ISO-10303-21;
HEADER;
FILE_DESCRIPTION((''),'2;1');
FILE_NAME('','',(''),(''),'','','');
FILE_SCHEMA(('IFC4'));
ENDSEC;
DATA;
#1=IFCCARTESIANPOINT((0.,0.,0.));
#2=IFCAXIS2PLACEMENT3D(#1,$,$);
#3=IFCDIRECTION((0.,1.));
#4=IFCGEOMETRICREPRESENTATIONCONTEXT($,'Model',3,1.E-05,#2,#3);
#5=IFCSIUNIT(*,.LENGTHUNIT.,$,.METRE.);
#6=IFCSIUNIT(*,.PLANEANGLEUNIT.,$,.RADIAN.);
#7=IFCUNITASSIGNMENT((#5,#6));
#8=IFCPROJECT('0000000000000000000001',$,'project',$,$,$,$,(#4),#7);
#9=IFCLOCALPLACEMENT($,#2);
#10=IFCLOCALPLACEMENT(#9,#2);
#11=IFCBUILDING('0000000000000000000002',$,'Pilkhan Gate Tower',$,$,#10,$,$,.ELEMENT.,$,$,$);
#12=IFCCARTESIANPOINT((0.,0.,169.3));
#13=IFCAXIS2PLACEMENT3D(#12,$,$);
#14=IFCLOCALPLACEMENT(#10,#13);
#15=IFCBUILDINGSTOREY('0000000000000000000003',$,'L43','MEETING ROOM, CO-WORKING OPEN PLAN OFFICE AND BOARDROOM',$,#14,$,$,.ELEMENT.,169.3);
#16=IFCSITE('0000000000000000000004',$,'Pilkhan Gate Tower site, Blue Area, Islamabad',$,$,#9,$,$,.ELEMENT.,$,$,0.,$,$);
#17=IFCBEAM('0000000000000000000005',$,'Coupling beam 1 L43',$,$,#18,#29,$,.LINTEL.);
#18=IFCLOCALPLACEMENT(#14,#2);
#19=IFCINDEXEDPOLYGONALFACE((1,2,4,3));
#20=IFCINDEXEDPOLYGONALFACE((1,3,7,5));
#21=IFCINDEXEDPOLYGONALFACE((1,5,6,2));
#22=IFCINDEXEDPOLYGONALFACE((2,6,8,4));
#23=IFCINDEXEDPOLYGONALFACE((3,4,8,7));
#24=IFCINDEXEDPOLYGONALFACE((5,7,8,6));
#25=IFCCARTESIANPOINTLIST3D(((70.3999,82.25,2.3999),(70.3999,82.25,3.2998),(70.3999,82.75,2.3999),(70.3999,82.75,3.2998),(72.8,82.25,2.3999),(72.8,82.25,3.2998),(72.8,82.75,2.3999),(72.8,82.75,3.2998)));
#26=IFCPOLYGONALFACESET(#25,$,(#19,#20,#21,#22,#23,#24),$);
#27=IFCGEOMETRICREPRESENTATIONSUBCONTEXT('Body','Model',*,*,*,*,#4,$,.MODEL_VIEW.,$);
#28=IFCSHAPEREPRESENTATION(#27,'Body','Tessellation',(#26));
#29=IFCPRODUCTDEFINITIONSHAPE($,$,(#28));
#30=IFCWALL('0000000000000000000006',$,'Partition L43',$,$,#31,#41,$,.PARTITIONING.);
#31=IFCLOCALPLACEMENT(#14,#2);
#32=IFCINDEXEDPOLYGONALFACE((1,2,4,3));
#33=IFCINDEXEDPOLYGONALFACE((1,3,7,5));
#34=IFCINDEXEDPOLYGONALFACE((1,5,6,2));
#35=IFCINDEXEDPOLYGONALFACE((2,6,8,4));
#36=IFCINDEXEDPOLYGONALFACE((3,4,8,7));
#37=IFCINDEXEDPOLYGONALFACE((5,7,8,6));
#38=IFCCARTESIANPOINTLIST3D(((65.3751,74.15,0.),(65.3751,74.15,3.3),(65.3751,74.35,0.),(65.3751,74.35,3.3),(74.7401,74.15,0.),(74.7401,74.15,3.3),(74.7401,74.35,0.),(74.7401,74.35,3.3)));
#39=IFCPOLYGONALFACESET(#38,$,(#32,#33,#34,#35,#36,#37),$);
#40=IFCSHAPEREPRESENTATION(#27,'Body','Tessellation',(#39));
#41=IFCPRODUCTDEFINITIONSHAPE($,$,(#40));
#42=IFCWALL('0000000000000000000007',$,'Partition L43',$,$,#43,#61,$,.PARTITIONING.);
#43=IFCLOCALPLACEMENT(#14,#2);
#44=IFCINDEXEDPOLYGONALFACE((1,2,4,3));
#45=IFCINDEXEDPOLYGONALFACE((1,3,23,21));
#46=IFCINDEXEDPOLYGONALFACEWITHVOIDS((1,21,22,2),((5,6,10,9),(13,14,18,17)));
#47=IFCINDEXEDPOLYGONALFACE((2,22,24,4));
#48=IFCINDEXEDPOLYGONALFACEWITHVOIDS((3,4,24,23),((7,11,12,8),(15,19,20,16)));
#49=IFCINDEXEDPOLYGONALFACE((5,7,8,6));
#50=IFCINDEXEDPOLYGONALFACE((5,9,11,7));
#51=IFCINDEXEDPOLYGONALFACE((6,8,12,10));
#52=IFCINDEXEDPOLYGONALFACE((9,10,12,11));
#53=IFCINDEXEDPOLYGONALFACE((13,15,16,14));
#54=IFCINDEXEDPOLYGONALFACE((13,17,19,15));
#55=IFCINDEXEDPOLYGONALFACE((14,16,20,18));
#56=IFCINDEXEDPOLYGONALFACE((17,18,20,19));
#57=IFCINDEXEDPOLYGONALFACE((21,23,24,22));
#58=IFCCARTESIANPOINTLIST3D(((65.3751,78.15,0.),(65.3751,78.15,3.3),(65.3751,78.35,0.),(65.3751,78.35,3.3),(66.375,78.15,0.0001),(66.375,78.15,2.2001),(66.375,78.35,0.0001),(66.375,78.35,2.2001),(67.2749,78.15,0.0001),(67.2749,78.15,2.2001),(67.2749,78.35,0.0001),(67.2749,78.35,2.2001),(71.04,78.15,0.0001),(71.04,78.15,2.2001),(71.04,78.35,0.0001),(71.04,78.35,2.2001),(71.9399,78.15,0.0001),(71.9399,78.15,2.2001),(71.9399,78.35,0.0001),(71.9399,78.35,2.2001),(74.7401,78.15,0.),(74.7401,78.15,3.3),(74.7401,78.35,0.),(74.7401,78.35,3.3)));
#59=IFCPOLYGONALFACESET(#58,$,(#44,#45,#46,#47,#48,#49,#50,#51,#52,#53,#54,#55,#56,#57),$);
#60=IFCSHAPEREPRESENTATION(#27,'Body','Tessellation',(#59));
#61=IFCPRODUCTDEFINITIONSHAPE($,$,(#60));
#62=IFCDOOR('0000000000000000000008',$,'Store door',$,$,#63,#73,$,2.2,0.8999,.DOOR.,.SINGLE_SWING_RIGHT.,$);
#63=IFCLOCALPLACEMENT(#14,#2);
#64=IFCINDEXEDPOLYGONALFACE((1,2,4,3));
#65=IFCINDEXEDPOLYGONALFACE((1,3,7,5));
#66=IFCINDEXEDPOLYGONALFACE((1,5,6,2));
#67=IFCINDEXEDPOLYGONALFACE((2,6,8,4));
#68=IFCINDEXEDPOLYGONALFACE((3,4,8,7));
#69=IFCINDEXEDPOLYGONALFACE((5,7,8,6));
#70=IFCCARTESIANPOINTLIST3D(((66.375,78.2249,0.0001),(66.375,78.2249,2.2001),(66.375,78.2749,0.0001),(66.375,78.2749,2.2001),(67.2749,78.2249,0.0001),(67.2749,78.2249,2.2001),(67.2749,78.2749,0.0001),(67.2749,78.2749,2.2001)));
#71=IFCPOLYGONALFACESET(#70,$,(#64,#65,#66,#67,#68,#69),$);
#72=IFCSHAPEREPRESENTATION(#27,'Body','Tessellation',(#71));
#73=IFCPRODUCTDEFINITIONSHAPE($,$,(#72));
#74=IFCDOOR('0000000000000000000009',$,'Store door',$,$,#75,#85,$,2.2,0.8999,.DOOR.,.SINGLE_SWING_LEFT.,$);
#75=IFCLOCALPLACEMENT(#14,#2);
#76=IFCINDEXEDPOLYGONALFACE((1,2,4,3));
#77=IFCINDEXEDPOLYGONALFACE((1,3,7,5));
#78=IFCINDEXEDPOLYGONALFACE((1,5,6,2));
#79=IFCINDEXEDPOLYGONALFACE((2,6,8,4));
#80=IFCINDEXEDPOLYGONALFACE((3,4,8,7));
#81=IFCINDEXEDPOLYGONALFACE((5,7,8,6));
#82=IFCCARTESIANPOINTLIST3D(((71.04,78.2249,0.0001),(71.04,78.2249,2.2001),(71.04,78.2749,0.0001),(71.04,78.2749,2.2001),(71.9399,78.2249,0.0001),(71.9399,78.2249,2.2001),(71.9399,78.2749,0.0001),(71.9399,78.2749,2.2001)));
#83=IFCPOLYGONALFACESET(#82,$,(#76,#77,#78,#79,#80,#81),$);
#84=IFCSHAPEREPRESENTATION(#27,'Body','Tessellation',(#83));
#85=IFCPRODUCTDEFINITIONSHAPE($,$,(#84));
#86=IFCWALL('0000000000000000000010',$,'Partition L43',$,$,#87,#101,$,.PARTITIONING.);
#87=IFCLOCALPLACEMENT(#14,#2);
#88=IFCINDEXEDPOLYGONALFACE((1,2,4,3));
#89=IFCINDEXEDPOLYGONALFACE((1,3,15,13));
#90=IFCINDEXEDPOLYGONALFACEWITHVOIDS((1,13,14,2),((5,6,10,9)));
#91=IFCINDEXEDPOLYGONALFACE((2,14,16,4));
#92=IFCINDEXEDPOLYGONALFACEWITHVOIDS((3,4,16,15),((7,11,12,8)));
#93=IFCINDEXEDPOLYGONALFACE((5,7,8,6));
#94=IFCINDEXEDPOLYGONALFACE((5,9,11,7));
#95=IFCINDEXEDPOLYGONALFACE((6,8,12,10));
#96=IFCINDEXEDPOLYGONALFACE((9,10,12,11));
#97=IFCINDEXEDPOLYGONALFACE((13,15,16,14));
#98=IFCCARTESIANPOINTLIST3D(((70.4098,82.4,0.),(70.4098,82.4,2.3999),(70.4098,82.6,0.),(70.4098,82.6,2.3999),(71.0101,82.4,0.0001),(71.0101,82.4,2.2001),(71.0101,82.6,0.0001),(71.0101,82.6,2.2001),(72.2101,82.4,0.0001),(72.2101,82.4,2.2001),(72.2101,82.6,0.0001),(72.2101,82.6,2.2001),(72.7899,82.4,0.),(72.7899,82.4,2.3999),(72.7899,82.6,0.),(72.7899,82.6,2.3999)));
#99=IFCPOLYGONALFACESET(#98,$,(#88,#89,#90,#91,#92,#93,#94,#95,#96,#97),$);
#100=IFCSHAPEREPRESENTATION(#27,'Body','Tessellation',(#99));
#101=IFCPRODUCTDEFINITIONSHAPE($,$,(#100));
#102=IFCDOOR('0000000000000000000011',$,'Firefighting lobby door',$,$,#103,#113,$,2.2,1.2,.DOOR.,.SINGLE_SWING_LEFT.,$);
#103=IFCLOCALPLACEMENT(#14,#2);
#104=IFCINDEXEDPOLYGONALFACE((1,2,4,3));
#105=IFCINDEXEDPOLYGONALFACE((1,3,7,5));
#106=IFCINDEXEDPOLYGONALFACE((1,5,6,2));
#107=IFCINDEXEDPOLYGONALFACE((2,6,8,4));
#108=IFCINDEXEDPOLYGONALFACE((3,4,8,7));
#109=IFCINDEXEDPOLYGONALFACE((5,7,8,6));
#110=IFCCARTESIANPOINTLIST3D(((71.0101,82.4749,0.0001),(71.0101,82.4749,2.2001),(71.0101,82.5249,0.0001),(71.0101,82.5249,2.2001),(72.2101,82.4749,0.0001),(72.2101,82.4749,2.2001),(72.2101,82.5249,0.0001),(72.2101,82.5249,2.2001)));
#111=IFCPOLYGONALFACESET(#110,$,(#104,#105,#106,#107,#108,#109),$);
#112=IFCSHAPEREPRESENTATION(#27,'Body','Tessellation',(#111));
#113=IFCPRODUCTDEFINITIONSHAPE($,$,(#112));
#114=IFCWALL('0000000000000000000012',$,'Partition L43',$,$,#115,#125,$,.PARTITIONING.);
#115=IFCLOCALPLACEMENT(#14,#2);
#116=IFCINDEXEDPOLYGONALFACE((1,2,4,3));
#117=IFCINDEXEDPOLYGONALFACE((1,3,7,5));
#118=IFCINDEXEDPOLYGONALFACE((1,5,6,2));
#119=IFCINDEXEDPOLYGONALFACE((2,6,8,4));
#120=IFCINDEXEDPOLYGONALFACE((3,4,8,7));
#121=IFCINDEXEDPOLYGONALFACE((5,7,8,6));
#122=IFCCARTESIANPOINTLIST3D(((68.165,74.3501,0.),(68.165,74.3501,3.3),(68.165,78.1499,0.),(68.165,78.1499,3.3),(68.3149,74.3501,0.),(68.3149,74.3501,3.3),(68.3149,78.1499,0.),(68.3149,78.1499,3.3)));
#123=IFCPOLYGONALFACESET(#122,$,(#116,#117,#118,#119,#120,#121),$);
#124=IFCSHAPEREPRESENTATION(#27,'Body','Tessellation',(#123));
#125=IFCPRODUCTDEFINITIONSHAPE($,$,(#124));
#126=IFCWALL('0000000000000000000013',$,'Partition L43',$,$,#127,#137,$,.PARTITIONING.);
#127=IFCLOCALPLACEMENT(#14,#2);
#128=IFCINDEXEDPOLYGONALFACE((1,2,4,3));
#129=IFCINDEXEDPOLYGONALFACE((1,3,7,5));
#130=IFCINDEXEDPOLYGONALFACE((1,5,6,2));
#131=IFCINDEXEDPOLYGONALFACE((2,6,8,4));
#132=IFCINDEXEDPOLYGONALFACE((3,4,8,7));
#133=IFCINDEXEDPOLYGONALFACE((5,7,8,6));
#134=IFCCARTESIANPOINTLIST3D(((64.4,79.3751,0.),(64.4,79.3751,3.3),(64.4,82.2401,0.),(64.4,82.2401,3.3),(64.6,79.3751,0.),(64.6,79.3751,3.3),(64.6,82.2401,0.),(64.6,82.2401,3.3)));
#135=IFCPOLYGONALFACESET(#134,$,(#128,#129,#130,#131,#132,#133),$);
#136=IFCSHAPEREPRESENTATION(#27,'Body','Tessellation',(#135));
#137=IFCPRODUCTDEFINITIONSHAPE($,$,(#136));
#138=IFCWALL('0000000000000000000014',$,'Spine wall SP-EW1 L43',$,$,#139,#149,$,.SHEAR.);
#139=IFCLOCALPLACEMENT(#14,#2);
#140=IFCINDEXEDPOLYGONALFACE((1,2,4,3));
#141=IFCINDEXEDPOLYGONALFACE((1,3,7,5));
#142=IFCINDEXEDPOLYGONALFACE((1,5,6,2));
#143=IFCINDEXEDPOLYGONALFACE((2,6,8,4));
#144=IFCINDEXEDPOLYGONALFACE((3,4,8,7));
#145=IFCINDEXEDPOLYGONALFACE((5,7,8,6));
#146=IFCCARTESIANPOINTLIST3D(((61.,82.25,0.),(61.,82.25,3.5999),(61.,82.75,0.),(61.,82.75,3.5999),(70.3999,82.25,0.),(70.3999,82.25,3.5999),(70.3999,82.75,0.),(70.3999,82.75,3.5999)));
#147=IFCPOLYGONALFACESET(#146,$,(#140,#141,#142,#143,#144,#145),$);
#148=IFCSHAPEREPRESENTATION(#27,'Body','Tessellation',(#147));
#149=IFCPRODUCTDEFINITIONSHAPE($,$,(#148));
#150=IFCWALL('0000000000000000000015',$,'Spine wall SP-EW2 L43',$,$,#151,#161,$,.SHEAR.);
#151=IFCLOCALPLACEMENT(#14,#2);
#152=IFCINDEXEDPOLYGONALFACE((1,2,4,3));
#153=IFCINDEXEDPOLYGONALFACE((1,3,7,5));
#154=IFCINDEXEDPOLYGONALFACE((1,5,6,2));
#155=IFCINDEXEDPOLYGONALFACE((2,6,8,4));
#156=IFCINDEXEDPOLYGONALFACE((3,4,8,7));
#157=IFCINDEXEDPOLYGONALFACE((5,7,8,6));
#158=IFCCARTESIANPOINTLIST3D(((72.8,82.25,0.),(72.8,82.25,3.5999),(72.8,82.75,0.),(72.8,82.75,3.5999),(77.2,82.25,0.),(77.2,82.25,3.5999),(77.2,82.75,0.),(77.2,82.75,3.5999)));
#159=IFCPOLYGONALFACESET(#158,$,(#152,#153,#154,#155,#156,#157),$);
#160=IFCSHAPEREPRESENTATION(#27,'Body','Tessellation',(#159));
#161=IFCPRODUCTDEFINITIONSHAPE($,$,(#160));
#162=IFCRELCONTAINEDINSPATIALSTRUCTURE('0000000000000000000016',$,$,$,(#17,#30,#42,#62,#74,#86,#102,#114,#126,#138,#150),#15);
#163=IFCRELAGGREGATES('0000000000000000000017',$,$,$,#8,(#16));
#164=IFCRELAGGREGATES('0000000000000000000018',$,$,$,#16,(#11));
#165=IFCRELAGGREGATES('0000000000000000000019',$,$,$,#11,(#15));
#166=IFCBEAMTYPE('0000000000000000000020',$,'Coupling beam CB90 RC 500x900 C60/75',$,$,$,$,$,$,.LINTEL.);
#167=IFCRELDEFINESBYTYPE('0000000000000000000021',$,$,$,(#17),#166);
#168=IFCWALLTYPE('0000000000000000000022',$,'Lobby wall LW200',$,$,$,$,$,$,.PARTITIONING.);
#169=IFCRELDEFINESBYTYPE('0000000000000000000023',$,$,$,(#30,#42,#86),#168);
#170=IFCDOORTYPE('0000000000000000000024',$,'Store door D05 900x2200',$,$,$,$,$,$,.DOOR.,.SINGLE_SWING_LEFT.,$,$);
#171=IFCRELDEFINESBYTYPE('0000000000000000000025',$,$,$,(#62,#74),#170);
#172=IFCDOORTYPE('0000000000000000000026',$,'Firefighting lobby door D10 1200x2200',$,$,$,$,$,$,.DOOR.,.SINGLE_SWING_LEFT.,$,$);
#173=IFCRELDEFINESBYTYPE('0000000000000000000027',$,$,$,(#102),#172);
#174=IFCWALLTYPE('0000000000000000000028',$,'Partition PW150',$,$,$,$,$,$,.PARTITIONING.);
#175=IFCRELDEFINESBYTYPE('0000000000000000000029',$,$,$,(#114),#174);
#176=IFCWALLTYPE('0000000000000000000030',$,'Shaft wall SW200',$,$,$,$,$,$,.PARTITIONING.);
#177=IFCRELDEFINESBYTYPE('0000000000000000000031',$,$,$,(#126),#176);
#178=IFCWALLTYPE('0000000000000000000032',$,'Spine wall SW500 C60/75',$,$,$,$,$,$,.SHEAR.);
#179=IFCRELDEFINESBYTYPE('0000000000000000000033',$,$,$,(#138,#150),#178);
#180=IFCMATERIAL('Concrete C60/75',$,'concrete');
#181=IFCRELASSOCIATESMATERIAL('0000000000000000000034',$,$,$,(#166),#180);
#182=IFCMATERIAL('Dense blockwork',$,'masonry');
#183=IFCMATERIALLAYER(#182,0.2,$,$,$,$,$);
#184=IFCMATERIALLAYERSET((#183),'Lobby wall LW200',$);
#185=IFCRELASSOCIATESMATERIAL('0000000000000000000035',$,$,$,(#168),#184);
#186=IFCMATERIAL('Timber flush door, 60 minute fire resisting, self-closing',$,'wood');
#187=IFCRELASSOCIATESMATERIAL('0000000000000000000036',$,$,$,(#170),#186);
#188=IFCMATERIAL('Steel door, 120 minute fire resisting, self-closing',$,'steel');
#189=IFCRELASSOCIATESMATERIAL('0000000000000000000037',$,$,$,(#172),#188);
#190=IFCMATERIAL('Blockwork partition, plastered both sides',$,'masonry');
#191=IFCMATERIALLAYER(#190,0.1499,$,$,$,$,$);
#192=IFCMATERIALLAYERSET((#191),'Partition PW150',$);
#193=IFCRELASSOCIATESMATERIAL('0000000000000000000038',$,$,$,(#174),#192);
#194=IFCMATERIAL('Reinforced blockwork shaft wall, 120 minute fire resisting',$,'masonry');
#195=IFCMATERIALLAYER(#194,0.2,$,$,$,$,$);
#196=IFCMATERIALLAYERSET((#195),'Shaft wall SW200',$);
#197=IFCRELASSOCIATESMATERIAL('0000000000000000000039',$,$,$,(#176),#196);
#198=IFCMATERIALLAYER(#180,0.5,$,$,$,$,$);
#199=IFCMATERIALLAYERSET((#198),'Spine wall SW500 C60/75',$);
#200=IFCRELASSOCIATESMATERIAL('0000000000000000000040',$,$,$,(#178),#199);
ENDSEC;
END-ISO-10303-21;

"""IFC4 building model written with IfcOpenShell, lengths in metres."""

from ifc_helpers import new_model, si_unit, direction, frame, frame_2d, origin, origin_2d, place, context, subcontext, project, spatial, rectangle, extrude, material, layer, layer_set, material_profile, profile_set, type_object, element, fill, save


model = new_model("IFC4")

# Units and contexts
model_context = context("Model", 3, precision=1e-05, world=origin(), true_north=direction((0.0, 1.0)))
body_context = subcontext(model_context, "Body", "Model", "MODEL_VIEW")
ifc_project = project(units=[si_unit("LENGTHUNIT", "METRE"), si_unit("PLANEANGLEUNIT", "RADIAN")], contexts=[model_context])

# Site, building, storey
site_placement = place(None, origin())
site = spatial("IfcSite", under=ifc_project, at=site_placement, Name="Pilkhan Gate Tower site, Blue Area, Islamabad", CompositionType="ELEMENT", RefElevation=0.0)
building_placement = place(site_placement, origin())
building = spatial("IfcBuilding", under=site, at=building_placement, Name="Pilkhan Gate Tower", CompositionType="ELEMENT")
storey_placement = place(building_placement, frame((0.0, 0.0, 169.3)))
storey = spatial("IfcBuildingStorey", under=building, at=storey_placement, Name="L43", Description="MEETING ROOM, CO-WORKING OPEN PLAN OFFICE AND BOARDROOM", CompositionType="ELEMENT", Elevation=169.3)

# Beam
ifc_material_1 = material(Name="Concrete C60/75", Category="concrete")
ifc_material_profile = material_profile(ifc_material_1, rectangle(XDim=0.5, YDim=0.8999, at=origin_2d()), Name="RC 500x900")
ifc_profile_set = profile_set([ifc_material_profile], Name="Concrete C60/75")
beam_type = type_object("IfcBeamType", Name="Coupling beam CB90 RC 500x900 C60/75", PredefinedType="LINTEL", material=ifc_profile_set)
beam_placement = place(storey_placement, frame((70.3999, 82.5, 2.8499), z_axis=(1.0, 0.0, 0.0), x_axis=(0.0, 1.0, 0.0)))
element("IfcBeam", 1, at=beam_placement, inside=storey, type_object=beam_type, Name="Coupling beam 1 L43", PredefinedType="LINTEL", context=body_context, shape_type="SweptSolid", body=[
    extrude(rectangle(XDim=0.5, YDim=0.8999, at=origin_2d()), origin(), (0.0, 0.0, 1.0), 2.4001),
])

# Wall
ifc_material_2 = material(Name="Dense blockwork", Category="masonry")
ifc_layer_1 = layer(ifc_material_2, 0.2)
ifc_layer_set_1 = layer_set([ifc_layer_1], Name="Lobby wall LW200")
wall_type_1 = type_object("IfcWallType", Name="Lobby wall LW200", PredefinedType="PARTITIONING", material=ifc_layer_set_1)
wall_1_placement = place(storey_placement, frame((65.375, 74.25, 0.0), z_axis=(0.0, 0.0, 1.0), x_axis=(1.0, 0.0, 0.0)))
element("IfcWall", 2, at=wall_1_placement, inside=storey, type_object=wall_type_1, Name="Partition L43", PredefinedType="PARTITIONING", context=body_context, shape_type="SweptSolid", body=[
    extrude(rectangle(XDim=9.365, YDim=0.2, at=frame_2d((4.6826, 0.0))), origin(), (0.0, 0.0, 1.0), 3.3),
])

# Wall, openings, doors
wall_2_placement = place(storey_placement, frame((65.375, 78.25, 0.0), z_axis=(0.0, 0.0, 1.0), x_axis=(1.0, 0.0, 0.0)))
wall_2 = element("IfcWall", 3, at=wall_2_placement, inside=storey, type_object=wall_type_1, Name="Partition L43", PredefinedType="PARTITIONING", context=body_context, shape_type="SweptSolid", body=[
    extrude(rectangle(XDim=9.365, YDim=0.2, at=frame_2d((4.6826, 0.0))), origin(), (0.0, 0.0, 1.0), 3.3),
])
opening_1_placement = place(wall_2_placement, frame((1.0, 0.0, 0.0)))
opening_1 = element("IfcOpeningElement", 4, at=opening_1_placement, cuts=wall_2, PredefinedType="OPENING", context=body_context, shape_type="SweptSolid", body=[
    extrude(rectangle(XDim=0.8999, YDim=2.2, at=frame_2d((0.45, 1.1001))), frame((0.0, 0.1099, 0.0), z_axis=(0.0, -1.0, 0.0), x_axis=(1.0, 0.0, 0.0)), (0.0, 0.0, 1.0), 0.22),
])
opening_2_placement = place(wall_2_placement, frame((5.665, 0.0, 0.0)))
opening_2 = element("IfcOpeningElement", 5, at=opening_2_placement, cuts=wall_2, PredefinedType="OPENING", context=body_context, shape_type="SweptSolid", body=[
    extrude(rectangle(XDim=0.8999, YDim=2.2, at=frame_2d((0.45, 1.1001))), frame((0.0, 0.1099, 0.0), z_axis=(0.0, -1.0, 0.0), x_axis=(1.0, 0.0, 0.0)), (0.0, 0.0, 1.0), 0.22),
])
ifc_material_3 = material(Name="Timber flush door, 60 minute fire resisting, self-closing", Category="wood")
door_type_1 = type_object("IfcDoorType", Name="Store door D05 900x2200", OperationType="SINGLE_SWING_LEFT", PredefinedType="DOOR", material=ifc_material_3)
door_1_placement = place(opening_1_placement, origin())
door_1 = element("IfcDoor", 6, at=door_1_placement, inside=storey, type_object=door_type_1, Name="Store door", OperationType="SINGLE_SWING_RIGHT", OverallHeight=2.2, OverallWidth=0.8999, PredefinedType="DOOR", context=body_context, shape_type="SweptSolid", body=[
    extrude(rectangle(XDim=0.8999, YDim=2.2, at=frame_2d((0.45, 1.1001))), frame((0.0, 0.0249, 0.0), z_axis=(0.0, -1.0, 0.0), x_axis=(1.0, 0.0, 0.0)), (0.0, 0.0, 1.0), 0.05),
])
fill(opening_1, door_1)
door_2_placement = place(opening_2_placement, origin())
door_2 = element("IfcDoor", 7, at=door_2_placement, inside=storey, type_object=door_type_1, Name="Store door", OperationType="SINGLE_SWING_LEFT", OverallHeight=2.2, OverallWidth=0.8999, PredefinedType="DOOR", context=body_context, shape_type="SweptSolid", body=[
    extrude(rectangle(XDim=0.8999, YDim=2.2, at=frame_2d((0.45, 1.1001))), frame((0.0, 0.0249, 0.0), z_axis=(0.0, -1.0, 0.0), x_axis=(1.0, 0.0, 0.0)), (0.0, 0.0, 1.0), 0.05),
])
fill(opening_2, door_2)

# Wall, opening, door
wall_3_placement = place(storey_placement, frame((70.4099, 82.5, 0.0), z_axis=(0.0, 0.0, 1.0), x_axis=(1.0, 0.0, 0.0)))
wall_3 = element("IfcWall", 8, at=wall_3_placement, inside=storey, type_object=wall_type_1, Name="Partition L43", PredefinedType="PARTITIONING", context=body_context, shape_type="SweptSolid", body=[
    extrude(rectangle(XDim=2.3801, YDim=0.2, at=frame_2d((1.1899, 0.0))), origin(), (0.0, 0.0, 1.0), 2.3999),
])
opening_3_placement = place(wall_3_placement, frame((0.6001, 0.0, 0.0)))
opening_3 = element("IfcOpeningElement", 9, at=opening_3_placement, cuts=wall_3, PredefinedType="OPENING", context=body_context, shape_type="SweptSolid", body=[
    extrude(rectangle(XDim=1.2, YDim=2.2, at=frame_2d((0.6001, 1.1001))), frame((0.0, 0.1099, 0.0), z_axis=(0.0, -1.0, 0.0), x_axis=(1.0, 0.0, 0.0)), (0.0, 0.0, 1.0), 0.22),
])
ifc_material_4 = material(Name="Steel door, 120 minute fire resisting, self-closing", Category="steel")
door_type_2 = type_object("IfcDoorType", Name="Firefighting lobby door D10 1200x2200", OperationType="SINGLE_SWING_LEFT", PredefinedType="DOOR", material=ifc_material_4)
door_3_placement = place(opening_3_placement, origin())
door_3 = element("IfcDoor", 10, at=door_3_placement, inside=storey, type_object=door_type_2, Name="Firefighting lobby door", OperationType="SINGLE_SWING_LEFT", OverallHeight=2.2, OverallWidth=1.2, PredefinedType="DOOR", context=body_context, shape_type="SweptSolid", body=[
    extrude(rectangle(XDim=1.2, YDim=2.2, at=frame_2d((0.6001, 1.1001))), frame((0.0, 0.0249, 0.0), z_axis=(0.0, -1.0, 0.0), x_axis=(1.0, 0.0, 0.0)), (0.0, 0.0, 1.0), 0.05),
])
fill(opening_3, door_3)

# Walls
ifc_material_5 = material(Name="Blockwork partition, plastered both sides", Category="masonry")
ifc_layer_2 = layer(ifc_material_5, 0.1499)
ifc_layer_set_2 = layer_set([ifc_layer_2], Name="Partition PW150")
wall_type_2 = type_object("IfcWallType", Name="Partition PW150", PredefinedType="PARTITIONING", material=ifc_layer_set_2)
wall_4_placement = place(storey_placement, frame((68.24, 74.3501, 0.0), z_axis=(0.0, 0.0, 1.0), x_axis=(0.0, 1.0, 0.0)))
element("IfcWall", 11, at=wall_4_placement, inside=storey, type_object=wall_type_2, Name="Partition L43", PredefinedType="PARTITIONING", context=body_context, shape_type="SweptSolid", body=[
    extrude(rectangle(XDim=3.7998, YDim=0.1499, at=frame_2d((1.8999, 0.0))), origin(), (0.0, 0.0, 1.0), 3.3),
])
ifc_material_6 = material(Name="Reinforced blockwork shaft wall, 120 minute fire resisting", Category="masonry")
ifc_layer_3 = layer(ifc_material_6, 0.2)
ifc_layer_set_3 = layer_set([ifc_layer_3], Name="Shaft wall SW200")
wall_type_3 = type_object("IfcWallType", Name="Shaft wall SW200", PredefinedType="PARTITIONING", material=ifc_layer_set_3)
wall_5_placement = place(storey_placement, frame((64.5, 79.375, 0.0), z_axis=(0.0, 0.0, 1.0), x_axis=(0.0, 1.0, 0.0)))
element("IfcWall", 12, at=wall_5_placement, inside=storey, type_object=wall_type_3, Name="Partition L43", PredefinedType="PARTITIONING", context=body_context, shape_type="SweptSolid", body=[
    extrude(rectangle(XDim=2.865, YDim=0.2, at=frame_2d((1.4326, 0.0))), origin(), (0.0, 0.0, 1.0), 3.3),
])
ifc_layer_4 = layer(ifc_material_1, 0.5)
ifc_layer_set_4 = layer_set([ifc_layer_4], Name="Spine wall SW500 C60/75")
wall_type_4 = type_object("IfcWallType", Name="Spine wall SW500 C60/75", PredefinedType="SHEAR", material=ifc_layer_set_4)
wall_6_placement = place(storey_placement, frame((61.0, 82.5, 0.0), z_axis=(0.0, 0.0, 1.0), x_axis=(1.0, 0.0, 0.0)))
element("IfcWall", 13, at=wall_6_placement, inside=storey, type_object=wall_type_4, Name="Spine wall SP-EW1 L43", PredefinedType="SHEAR", context=body_context, shape_type="SweptSolid", body=[
    extrude(rectangle(XDim=9.3999, YDim=0.5, at=frame_2d((4.7, 0.0))), origin(), (0.0, 0.0, 1.0), 3.5999),
])
wall_7_placement = place(storey_placement, frame((72.8, 82.5, 0.0), z_axis=(0.0, 0.0, 1.0), x_axis=(1.0, 0.0, 0.0)))
element("IfcWall", 14, at=wall_7_placement, inside=storey, type_object=wall_type_4, Name="Spine wall SP-EW2 L43", PredefinedType="SHEAR", context=body_context, shape_type="SweptSolid", body=[
    extrude(rectangle(XDim=4.3999, YDim=0.5, at=frame_2d((2.2, 0.0))), origin(), (0.0, 0.0, 1.0), 3.5999),
])

save(model, "model.ifc")
